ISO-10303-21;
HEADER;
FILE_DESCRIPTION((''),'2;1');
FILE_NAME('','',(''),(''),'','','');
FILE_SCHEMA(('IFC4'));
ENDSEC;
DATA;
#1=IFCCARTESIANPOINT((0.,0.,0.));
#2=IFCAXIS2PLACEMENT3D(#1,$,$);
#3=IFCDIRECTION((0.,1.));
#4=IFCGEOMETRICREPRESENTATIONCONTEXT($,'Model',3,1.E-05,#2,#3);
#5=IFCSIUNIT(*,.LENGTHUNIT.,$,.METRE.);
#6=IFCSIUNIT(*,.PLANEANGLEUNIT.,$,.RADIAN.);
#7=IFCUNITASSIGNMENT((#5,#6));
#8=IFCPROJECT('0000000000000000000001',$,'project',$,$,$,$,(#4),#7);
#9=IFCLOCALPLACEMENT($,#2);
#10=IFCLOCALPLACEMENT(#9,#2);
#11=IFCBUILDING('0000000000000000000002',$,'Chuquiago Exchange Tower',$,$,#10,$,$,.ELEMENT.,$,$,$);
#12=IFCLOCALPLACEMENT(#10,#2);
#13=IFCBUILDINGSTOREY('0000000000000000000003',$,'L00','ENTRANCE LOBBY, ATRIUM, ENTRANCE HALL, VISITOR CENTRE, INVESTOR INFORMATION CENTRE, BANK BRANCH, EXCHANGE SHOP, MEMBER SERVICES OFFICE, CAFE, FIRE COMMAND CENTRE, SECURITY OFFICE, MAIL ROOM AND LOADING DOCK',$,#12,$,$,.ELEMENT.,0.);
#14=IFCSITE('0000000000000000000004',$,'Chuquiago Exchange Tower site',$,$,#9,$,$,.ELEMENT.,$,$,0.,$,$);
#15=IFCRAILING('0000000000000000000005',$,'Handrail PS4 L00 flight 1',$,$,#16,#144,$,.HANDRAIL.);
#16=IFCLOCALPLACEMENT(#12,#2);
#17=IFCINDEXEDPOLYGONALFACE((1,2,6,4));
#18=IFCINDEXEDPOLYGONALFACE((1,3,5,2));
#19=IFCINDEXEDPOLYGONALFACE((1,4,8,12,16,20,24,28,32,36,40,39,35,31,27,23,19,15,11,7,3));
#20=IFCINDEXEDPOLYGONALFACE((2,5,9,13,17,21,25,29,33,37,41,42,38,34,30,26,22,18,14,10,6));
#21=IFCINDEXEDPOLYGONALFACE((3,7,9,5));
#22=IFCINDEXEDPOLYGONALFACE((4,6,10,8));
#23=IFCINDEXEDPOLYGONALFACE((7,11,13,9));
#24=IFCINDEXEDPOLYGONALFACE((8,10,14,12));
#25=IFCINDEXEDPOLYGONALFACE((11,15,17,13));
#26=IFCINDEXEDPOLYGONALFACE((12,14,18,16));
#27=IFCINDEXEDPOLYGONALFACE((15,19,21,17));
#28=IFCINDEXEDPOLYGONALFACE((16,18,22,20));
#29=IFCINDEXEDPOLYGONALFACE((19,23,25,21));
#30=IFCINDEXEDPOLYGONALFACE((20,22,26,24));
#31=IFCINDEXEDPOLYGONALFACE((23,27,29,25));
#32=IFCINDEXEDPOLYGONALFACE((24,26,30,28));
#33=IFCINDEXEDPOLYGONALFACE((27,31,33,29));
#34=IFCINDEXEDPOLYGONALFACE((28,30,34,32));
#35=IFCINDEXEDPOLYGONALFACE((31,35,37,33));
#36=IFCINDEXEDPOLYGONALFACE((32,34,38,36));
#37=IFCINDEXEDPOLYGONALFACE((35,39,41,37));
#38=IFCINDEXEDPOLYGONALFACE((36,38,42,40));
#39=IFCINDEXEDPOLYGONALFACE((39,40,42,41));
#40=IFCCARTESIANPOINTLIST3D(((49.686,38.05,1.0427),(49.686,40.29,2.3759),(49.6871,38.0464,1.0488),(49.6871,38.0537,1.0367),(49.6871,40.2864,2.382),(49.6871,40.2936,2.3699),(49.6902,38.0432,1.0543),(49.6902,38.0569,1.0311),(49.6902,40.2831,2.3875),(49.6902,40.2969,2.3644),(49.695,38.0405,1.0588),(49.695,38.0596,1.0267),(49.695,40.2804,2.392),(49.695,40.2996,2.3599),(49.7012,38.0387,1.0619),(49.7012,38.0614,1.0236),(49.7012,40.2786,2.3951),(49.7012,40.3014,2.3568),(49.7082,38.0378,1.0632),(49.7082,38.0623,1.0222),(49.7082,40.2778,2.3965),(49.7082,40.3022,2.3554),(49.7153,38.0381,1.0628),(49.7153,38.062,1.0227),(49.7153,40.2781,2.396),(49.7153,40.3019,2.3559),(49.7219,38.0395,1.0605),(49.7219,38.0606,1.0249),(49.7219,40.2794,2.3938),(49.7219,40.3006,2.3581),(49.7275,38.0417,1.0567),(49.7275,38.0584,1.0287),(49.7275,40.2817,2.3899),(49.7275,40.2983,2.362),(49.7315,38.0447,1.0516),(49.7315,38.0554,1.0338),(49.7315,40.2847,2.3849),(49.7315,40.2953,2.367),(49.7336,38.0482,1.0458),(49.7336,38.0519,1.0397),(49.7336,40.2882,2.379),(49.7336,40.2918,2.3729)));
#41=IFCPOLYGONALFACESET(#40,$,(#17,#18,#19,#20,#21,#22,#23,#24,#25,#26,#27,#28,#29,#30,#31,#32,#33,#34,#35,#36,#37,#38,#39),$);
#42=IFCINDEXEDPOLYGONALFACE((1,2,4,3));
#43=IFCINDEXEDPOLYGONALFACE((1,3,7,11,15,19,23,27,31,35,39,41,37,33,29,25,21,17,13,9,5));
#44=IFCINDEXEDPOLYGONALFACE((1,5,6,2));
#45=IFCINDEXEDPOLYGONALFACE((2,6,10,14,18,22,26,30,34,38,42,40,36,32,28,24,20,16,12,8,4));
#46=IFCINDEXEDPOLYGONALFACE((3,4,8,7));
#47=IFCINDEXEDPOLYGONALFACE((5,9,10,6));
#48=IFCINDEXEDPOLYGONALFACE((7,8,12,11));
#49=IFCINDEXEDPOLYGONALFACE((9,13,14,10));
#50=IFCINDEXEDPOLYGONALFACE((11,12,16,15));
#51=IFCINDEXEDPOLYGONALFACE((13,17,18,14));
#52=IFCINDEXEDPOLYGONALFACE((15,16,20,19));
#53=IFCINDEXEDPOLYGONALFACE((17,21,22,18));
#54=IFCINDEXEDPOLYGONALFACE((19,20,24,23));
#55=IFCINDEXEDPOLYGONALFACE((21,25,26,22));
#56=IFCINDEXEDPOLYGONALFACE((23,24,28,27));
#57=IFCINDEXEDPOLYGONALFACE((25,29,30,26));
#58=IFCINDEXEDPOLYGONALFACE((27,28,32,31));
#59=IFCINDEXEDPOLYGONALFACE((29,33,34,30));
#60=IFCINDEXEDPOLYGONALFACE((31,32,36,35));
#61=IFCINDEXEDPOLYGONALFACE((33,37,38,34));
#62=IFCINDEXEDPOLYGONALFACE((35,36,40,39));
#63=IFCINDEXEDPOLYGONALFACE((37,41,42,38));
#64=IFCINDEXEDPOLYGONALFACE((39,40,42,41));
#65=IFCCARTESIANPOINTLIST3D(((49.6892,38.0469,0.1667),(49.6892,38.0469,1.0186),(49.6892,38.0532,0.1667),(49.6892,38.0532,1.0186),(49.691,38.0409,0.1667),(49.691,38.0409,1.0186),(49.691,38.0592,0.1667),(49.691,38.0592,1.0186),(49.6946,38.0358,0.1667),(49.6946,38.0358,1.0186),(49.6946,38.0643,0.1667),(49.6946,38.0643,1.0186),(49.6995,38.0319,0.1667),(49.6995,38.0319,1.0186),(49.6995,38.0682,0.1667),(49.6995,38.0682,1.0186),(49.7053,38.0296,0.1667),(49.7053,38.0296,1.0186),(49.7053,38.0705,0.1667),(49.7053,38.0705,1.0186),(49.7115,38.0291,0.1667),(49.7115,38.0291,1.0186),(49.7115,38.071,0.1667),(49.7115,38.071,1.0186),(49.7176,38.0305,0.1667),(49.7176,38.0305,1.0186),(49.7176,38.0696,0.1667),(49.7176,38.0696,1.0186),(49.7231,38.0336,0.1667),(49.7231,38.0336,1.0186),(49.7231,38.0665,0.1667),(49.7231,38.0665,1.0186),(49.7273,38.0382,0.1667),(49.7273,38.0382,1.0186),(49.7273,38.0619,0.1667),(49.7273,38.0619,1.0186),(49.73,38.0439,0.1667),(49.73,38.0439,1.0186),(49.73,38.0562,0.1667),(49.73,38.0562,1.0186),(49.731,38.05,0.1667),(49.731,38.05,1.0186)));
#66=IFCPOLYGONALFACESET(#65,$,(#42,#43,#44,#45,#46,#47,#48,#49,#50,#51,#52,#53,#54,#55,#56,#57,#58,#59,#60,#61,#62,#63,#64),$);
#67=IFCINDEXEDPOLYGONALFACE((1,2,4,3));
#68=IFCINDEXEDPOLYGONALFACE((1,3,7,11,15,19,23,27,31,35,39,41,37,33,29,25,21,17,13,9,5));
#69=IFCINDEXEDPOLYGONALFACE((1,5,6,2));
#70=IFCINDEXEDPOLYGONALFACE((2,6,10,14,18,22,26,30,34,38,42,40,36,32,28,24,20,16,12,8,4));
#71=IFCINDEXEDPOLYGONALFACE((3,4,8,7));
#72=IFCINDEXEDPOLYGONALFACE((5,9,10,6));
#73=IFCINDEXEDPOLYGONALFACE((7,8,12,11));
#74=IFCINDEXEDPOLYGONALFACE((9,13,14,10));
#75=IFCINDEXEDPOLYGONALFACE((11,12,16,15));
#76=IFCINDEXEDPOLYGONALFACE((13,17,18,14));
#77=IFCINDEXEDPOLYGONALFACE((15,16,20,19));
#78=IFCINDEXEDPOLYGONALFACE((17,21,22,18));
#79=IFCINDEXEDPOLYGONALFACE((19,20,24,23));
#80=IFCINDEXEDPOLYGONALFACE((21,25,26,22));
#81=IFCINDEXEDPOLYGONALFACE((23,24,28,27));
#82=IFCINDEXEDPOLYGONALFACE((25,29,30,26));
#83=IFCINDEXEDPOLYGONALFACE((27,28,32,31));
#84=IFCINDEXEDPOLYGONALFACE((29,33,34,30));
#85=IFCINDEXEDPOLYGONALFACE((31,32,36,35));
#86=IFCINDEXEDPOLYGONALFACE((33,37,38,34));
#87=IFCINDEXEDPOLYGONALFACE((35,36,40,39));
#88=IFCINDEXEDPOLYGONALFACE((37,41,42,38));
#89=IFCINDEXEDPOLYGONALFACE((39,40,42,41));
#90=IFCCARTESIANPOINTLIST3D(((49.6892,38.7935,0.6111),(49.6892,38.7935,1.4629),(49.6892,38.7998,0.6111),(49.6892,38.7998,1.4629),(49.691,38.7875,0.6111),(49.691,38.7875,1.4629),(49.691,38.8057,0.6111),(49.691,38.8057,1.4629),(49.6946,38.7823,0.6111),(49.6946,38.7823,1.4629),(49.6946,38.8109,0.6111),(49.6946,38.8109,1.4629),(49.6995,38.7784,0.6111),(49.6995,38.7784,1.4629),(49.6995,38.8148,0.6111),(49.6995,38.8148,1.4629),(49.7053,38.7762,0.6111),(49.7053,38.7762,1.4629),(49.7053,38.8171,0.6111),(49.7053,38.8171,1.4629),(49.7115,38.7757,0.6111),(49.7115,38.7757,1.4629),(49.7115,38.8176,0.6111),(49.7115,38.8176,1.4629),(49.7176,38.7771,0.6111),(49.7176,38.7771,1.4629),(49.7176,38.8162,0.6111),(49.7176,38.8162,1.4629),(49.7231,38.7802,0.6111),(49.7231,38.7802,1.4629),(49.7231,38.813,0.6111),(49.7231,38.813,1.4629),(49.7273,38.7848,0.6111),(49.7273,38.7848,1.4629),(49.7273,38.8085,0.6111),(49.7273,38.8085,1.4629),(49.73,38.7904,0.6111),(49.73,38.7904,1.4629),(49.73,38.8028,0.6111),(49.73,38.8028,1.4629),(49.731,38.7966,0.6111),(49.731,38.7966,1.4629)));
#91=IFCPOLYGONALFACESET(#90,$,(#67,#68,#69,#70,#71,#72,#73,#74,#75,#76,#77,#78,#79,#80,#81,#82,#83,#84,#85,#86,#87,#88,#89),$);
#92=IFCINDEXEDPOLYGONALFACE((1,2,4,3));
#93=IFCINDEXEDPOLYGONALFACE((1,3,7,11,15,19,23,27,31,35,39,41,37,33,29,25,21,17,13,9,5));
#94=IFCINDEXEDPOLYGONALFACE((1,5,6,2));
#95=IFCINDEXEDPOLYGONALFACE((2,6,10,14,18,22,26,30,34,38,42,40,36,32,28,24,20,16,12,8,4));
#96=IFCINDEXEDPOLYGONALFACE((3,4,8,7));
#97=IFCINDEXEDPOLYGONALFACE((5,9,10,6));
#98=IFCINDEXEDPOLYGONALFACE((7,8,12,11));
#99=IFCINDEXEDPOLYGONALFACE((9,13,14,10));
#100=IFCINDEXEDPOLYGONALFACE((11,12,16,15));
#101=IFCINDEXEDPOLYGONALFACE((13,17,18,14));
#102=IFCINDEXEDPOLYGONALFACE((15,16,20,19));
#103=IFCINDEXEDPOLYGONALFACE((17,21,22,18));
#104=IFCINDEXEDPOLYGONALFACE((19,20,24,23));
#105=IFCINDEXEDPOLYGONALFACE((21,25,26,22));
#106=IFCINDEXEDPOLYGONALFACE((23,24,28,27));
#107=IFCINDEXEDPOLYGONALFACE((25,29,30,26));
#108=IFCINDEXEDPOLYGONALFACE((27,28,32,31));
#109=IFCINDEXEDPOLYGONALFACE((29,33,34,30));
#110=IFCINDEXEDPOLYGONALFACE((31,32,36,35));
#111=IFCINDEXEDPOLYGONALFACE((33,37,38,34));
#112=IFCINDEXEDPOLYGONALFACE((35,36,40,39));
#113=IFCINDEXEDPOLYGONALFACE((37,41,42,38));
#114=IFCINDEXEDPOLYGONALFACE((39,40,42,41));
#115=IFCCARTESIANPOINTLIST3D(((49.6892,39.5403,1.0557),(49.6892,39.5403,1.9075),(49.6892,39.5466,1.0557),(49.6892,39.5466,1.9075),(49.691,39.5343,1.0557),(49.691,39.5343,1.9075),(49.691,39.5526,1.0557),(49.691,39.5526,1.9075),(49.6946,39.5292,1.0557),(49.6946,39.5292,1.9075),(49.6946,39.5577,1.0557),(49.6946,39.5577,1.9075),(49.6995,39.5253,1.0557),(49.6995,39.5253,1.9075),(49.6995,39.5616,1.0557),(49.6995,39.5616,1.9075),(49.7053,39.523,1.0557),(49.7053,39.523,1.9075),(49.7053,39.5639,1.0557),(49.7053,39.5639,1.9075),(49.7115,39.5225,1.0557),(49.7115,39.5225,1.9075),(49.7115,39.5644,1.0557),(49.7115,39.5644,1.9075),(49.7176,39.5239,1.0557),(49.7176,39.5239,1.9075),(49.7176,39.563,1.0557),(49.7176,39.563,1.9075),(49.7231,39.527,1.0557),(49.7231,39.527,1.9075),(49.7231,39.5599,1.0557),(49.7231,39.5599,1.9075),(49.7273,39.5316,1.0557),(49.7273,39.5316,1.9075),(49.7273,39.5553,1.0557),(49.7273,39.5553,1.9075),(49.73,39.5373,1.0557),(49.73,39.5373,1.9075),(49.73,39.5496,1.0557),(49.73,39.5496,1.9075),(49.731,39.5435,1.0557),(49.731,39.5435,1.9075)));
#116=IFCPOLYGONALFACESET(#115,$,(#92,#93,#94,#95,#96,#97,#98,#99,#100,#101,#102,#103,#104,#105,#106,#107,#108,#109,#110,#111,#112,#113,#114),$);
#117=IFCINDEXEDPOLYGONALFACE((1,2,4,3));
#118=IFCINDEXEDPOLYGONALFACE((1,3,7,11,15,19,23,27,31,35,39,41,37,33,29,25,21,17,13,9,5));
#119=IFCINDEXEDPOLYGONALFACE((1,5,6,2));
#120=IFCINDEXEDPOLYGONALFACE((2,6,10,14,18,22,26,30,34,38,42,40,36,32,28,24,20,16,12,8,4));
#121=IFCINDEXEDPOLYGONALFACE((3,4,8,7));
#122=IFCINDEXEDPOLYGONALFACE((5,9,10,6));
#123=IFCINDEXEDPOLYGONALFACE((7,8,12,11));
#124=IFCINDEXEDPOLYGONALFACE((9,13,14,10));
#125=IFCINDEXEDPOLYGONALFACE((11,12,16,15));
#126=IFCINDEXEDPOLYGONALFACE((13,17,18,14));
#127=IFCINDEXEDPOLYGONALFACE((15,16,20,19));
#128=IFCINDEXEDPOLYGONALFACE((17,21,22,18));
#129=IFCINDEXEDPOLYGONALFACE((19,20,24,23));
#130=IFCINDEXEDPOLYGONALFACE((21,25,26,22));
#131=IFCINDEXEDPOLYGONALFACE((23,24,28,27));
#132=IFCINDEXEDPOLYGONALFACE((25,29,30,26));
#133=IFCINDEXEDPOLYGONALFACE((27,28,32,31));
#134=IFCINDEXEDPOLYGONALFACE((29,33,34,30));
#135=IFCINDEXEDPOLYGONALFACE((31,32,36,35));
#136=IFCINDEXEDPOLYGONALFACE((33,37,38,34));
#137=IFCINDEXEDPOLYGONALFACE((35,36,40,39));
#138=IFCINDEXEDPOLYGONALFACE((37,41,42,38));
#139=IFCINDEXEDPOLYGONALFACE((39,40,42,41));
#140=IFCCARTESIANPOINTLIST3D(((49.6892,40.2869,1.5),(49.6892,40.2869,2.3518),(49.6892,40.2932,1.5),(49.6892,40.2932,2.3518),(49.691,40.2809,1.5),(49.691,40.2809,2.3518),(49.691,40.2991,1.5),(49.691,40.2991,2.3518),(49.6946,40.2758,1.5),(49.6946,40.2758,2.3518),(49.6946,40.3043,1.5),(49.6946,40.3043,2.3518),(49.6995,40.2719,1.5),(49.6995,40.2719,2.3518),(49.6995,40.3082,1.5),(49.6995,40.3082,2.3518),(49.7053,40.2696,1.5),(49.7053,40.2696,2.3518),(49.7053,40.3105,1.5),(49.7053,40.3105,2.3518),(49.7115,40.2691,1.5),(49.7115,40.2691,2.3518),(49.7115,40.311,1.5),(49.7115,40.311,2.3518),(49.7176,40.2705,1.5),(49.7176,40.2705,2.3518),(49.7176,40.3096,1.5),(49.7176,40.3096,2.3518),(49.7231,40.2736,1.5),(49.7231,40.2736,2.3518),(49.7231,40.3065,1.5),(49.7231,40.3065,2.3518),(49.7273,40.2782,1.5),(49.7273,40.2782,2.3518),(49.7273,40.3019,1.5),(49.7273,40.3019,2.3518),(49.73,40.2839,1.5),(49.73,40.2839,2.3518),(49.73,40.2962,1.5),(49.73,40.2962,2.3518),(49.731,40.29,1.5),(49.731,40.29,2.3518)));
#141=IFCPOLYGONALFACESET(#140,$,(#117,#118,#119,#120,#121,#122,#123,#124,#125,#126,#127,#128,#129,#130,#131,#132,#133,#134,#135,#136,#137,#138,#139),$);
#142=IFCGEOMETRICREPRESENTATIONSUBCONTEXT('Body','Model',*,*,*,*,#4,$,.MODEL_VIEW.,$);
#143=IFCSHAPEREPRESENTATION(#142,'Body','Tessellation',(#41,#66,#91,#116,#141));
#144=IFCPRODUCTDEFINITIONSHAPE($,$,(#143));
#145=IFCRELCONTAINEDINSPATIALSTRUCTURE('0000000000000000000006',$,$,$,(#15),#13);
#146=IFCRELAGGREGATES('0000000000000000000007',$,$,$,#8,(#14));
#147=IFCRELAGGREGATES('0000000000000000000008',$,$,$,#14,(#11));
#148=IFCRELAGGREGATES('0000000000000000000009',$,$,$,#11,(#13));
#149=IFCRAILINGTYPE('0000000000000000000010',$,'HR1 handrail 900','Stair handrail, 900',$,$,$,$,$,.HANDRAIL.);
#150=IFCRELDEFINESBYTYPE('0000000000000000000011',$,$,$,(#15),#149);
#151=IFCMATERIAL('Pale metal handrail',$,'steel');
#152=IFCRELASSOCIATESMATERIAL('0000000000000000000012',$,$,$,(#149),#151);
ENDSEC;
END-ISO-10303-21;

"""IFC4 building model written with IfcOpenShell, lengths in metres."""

from ifc_helpers import new_model, si_unit, direction, frame, origin, origin_2d, place, context, subcontext, project, spatial, circle, extrude, material, type_object, element, save


model = new_model("IFC4")

# Units and contexts
model_context = context("Model", 3, precision=1e-05, world=origin(), true_north=direction((0.0, 1.0)))
body_context = subcontext(model_context, "Body", "Model", "MODEL_VIEW")
ifc_project = project(units=[si_unit("LENGTHUNIT", "METRE"), si_unit("PLANEANGLEUNIT", "RADIAN")], contexts=[model_context])

# Site, building, storey
site_placement = place(None, origin())
site = spatial("IfcSite", under=ifc_project, at=site_placement, Name="Chuquiago Exchange Tower site", CompositionType="ELEMENT", RefElevation=0.0)
building_placement = place(site_placement, origin())
building = spatial("IfcBuilding", under=site, at=building_placement, Name="Chuquiago Exchange Tower", CompositionType="ELEMENT")
storey_placement = place(building_placement, origin())
storey = spatial("IfcBuildingStorey", under=building, at=storey_placement, Name="L00", Description="ENTRANCE LOBBY, ATRIUM, ENTRANCE HALL, VISITOR CENTRE, INVESTOR INFORMATION CENTRE, BANK BRANCH, EXCHANGE SHOP, MEMBER SERVICES OFFICE, CAFE, FIRE COMMAND CENTRE, SECURITY OFFICE, MAIL ROOM AND LOADING DOCK", CompositionType="ELEMENT", Elevation=0.0)

# Railing
ifc_material_1 = material(Name="Pale metal handrail", Category="steel")
railing_type = type_object("IfcRailingType", Name="HR1 handrail 900", Description="Stair handrail, 900", PredefinedType="HANDRAIL", material=ifc_material_1)
for number, where, name in (
    (1, (49.71, 38.05, 0.1667), "Handrail PS4 L00 flight 1"),
):
    element("IfcRailing", number, at=place(storey_placement, frame(where)), inside=storey, type_object=railing_type, Name=name, PredefinedType="HANDRAIL", context=body_context, shape_type="SweptSolid", body=[
        extrude(circle(Radius=0.0239, at=origin_2d()), frame((0.0, 0.0, 0.876), z_axis=(0.0, 0.859306, 0.511462), x_axis=(-1.0, 0.0, 0.0)), (0.0, 0.0, 1.0), 2.6067),
        extrude(circle(Radius=0.021, at=origin_2d()), origin(), (0.0, 0.0, 1.0), 0.8518),
        extrude(circle(Radius=0.021, at=origin_2d()), frame((0.0, 0.7466, 0.4443)), (0.0, 0.0, 1.0), 0.8518),
        extrude(circle(Radius=0.021, at=origin_2d()), frame((0.0, 1.4934, 0.8889)), (0.0, 0.0, 1.0), 0.8518),
        extrude(circle(Radius=0.021, at=origin_2d()), frame((0.0, 2.24, 1.3333)), (0.0, 0.0, 1.0), 0.8518),
    ])

save(model, "model.ifc")
